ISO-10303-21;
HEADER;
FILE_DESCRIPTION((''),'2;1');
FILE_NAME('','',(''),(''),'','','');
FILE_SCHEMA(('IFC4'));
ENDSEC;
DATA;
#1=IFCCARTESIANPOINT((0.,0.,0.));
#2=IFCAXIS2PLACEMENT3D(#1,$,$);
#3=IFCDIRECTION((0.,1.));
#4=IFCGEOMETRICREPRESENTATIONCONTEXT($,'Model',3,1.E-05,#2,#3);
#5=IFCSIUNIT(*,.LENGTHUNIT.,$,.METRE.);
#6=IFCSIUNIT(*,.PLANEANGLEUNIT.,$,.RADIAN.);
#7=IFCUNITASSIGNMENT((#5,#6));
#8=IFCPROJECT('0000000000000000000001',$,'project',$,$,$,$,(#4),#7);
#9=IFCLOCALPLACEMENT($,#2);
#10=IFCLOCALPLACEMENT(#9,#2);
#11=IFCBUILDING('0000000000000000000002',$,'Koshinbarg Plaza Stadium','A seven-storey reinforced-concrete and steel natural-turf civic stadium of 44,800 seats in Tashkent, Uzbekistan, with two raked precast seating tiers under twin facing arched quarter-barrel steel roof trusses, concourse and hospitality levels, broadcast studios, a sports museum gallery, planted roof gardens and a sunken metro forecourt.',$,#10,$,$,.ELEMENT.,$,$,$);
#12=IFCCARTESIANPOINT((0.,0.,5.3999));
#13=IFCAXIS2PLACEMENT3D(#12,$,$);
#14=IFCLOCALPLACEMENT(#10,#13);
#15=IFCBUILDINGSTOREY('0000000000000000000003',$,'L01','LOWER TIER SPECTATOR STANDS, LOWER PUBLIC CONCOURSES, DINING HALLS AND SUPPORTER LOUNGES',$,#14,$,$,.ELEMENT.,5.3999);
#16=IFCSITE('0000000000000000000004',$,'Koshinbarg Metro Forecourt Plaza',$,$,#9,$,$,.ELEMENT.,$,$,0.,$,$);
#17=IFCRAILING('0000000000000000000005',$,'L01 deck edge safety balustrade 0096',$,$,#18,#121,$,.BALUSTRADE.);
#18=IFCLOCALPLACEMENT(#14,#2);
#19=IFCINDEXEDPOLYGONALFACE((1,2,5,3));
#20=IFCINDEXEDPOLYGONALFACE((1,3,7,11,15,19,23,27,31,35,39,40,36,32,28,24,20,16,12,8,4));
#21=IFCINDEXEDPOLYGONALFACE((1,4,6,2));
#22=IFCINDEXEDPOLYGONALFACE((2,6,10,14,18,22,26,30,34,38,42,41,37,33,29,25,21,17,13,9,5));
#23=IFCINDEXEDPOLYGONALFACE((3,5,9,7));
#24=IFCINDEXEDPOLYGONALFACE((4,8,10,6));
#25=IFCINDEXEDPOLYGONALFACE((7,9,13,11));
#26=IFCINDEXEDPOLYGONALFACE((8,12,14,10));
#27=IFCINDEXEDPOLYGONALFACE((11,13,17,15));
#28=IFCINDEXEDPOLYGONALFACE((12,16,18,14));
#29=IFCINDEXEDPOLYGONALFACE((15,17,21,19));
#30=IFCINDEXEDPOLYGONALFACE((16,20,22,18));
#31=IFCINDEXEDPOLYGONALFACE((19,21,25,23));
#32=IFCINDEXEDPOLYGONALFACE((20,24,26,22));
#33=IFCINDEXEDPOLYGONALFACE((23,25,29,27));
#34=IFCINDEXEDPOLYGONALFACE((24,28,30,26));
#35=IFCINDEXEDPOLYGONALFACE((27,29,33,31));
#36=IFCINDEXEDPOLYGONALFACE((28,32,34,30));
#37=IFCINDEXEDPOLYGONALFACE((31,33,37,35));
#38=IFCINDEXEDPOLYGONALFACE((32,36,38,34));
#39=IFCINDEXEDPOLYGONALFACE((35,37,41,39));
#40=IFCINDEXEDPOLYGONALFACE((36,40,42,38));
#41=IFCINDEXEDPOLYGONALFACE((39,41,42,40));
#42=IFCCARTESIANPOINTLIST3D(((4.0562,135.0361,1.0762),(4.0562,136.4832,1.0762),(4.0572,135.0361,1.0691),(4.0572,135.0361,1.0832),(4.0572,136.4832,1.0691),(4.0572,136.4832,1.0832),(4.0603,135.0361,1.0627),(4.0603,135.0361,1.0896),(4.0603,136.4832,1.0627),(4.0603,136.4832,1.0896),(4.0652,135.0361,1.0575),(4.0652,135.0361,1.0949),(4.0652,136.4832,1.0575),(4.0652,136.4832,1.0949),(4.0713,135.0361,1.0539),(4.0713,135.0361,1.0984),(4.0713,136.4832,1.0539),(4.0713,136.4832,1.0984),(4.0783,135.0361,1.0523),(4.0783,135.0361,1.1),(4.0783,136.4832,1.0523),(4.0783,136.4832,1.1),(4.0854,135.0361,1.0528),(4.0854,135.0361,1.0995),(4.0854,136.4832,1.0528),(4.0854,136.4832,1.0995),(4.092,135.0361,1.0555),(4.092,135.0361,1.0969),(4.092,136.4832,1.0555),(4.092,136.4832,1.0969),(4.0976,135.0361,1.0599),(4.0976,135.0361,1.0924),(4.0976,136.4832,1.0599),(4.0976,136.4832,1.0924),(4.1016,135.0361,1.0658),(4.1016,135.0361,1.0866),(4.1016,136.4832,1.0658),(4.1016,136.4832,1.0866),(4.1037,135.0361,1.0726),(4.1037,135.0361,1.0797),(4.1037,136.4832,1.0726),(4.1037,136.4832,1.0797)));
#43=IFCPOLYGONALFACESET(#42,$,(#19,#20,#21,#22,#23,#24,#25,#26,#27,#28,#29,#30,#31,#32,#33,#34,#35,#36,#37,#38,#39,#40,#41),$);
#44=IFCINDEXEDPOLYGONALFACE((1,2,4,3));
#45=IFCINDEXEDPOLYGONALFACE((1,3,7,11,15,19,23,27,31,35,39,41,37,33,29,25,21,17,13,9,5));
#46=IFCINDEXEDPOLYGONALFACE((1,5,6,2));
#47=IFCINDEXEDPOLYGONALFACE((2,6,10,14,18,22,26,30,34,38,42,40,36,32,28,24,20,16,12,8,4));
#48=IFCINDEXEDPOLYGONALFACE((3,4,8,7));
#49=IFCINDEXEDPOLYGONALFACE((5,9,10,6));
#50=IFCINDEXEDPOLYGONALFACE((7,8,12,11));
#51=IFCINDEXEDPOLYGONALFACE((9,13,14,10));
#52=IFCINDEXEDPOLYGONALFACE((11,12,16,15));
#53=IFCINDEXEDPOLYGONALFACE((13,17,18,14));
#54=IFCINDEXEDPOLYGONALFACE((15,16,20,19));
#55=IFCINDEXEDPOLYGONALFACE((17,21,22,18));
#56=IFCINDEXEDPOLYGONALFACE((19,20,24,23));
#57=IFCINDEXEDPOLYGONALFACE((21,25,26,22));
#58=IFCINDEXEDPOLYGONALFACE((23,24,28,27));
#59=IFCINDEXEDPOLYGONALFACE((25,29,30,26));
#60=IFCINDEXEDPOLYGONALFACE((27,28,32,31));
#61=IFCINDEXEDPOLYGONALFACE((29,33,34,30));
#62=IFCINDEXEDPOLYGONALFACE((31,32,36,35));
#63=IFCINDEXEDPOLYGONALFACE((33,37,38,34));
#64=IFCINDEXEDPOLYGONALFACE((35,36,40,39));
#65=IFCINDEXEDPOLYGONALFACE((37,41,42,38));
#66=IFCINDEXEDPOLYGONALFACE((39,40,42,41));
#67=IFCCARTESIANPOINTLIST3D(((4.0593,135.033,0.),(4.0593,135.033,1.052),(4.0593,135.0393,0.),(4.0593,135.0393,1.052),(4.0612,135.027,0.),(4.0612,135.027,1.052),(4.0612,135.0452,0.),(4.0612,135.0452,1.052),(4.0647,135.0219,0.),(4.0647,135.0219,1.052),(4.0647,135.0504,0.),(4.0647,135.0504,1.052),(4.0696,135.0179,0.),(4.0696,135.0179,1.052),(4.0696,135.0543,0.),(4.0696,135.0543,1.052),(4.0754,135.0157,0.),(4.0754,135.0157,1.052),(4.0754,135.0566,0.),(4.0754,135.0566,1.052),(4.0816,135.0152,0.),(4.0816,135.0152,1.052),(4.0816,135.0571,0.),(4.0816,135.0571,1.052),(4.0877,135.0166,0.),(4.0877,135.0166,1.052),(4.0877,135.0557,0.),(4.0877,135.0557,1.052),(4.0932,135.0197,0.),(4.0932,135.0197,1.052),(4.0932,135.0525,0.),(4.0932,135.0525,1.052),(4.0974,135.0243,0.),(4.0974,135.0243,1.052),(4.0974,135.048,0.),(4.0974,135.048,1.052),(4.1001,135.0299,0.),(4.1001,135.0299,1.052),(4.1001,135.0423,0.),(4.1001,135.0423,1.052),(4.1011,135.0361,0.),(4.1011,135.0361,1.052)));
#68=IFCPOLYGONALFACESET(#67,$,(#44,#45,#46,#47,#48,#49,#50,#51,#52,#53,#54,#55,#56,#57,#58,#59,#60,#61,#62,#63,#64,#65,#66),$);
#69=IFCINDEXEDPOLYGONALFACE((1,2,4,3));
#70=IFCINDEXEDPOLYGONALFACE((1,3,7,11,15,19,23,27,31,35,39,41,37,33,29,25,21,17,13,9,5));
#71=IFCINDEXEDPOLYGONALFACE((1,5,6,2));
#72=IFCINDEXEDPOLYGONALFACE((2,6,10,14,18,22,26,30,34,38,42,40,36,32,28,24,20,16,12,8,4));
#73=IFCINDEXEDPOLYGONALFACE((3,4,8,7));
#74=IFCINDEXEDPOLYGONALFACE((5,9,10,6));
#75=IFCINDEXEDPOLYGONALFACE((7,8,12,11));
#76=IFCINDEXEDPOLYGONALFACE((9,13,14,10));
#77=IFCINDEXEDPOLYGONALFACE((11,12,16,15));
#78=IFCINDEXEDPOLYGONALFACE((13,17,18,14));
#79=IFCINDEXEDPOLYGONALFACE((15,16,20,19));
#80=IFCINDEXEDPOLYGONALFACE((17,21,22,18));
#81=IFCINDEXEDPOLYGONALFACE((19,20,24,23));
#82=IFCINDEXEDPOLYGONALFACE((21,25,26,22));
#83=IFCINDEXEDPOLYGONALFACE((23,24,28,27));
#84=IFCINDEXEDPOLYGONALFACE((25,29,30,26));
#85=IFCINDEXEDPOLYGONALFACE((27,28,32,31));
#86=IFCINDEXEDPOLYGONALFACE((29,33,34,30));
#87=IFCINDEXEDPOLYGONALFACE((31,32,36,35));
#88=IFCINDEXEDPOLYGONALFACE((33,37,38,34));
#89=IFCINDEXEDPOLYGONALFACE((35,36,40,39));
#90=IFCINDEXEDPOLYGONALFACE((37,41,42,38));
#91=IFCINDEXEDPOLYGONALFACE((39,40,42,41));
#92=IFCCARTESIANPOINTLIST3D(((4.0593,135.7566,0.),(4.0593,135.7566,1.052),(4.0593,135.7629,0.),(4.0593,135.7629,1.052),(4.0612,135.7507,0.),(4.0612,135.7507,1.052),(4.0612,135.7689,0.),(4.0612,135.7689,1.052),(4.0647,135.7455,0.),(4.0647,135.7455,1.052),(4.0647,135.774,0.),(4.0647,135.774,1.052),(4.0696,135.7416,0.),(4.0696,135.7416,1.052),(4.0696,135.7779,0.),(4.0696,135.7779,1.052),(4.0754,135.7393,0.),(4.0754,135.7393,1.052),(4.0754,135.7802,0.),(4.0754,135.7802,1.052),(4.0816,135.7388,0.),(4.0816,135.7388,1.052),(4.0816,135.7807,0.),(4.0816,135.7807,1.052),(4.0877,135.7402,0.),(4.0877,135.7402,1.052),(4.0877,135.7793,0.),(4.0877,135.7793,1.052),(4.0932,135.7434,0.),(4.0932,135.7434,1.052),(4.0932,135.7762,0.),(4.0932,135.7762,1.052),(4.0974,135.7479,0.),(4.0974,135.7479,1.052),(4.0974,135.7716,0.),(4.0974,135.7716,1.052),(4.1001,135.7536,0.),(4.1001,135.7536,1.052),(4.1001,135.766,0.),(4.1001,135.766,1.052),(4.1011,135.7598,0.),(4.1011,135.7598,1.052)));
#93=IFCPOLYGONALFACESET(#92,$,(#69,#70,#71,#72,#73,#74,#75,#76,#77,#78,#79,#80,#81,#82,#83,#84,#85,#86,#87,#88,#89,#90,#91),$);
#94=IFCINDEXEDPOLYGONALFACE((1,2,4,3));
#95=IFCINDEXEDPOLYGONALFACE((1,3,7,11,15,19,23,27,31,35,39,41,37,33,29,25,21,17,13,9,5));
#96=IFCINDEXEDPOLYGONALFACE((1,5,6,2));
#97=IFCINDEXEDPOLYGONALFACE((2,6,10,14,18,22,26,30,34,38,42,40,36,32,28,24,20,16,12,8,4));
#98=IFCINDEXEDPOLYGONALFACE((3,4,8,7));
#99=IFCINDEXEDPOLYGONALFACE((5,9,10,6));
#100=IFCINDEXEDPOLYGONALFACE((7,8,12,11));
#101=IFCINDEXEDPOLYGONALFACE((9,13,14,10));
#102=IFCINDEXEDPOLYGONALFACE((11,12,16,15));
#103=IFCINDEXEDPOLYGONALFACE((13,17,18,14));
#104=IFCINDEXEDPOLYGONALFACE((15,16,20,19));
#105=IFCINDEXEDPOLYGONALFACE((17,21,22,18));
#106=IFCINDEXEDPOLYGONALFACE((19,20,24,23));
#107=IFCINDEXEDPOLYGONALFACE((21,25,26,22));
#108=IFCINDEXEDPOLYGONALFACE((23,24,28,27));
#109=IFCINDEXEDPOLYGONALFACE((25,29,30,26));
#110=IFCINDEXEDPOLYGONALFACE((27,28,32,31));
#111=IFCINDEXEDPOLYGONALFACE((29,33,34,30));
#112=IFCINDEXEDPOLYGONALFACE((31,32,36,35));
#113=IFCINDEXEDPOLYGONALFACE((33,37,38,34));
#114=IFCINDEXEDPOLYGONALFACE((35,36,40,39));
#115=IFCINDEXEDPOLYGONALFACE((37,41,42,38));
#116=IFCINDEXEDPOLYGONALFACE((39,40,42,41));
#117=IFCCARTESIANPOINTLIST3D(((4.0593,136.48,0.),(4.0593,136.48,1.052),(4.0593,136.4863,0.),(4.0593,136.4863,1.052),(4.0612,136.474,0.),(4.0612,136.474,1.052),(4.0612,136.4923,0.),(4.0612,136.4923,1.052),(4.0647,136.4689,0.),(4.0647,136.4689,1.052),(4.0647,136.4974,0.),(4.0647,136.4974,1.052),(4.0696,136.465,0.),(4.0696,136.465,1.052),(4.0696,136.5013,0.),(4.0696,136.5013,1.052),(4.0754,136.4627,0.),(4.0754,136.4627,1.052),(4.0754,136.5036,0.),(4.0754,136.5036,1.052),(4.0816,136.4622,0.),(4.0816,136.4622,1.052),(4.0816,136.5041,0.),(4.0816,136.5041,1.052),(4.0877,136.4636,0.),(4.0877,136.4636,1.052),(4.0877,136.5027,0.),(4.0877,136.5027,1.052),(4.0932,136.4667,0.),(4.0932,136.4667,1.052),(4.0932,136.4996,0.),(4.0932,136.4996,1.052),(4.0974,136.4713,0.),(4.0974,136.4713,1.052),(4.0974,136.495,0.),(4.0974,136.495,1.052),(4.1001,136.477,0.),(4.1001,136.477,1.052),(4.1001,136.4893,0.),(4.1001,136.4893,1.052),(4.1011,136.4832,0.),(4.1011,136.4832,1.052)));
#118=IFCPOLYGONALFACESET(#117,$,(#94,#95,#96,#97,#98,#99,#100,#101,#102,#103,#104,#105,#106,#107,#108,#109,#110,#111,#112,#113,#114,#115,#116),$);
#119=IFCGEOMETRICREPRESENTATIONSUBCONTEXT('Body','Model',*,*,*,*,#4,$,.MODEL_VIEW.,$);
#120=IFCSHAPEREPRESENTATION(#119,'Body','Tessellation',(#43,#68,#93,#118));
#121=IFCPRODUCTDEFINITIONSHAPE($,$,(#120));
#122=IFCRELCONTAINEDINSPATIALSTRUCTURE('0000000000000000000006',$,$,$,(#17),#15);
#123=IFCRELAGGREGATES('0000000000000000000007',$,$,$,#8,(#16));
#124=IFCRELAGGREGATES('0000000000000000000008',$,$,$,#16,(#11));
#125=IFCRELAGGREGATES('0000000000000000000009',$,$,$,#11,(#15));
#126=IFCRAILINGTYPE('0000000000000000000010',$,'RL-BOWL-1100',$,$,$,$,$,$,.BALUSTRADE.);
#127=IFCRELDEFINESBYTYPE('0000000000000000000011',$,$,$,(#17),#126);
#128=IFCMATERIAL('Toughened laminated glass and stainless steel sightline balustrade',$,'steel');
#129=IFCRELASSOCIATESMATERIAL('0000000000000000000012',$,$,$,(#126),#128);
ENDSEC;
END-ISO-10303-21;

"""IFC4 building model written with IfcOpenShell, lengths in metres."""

from ifc_helpers import new_model, si_unit, direction, frame, origin, origin_2d, place, context, subcontext, project, spatial, circle, extrude, material, type_object, element, save


model = new_model("IFC4")

# Units and contexts
model_context = context("Model", 3, precision=1e-05, world=origin(), true_north=direction((0.0, 1.0)))
body_context = subcontext(model_context, "Body", "Model", "MODEL_VIEW")
ifc_project = project(units=[si_unit("LENGTHUNIT", "METRE"), si_unit("PLANEANGLEUNIT", "RADIAN")], contexts=[model_context])

# Site, building, storey
site_placement = place(None, origin())
site = spatial("IfcSite", under=ifc_project, at=site_placement, Name="Koshinbarg Metro Forecourt Plaza", CompositionType="ELEMENT", RefElevation=0.0)
building_placement = place(site_placement, origin())
building = spatial("IfcBuilding", under=site, at=building_placement, Name="Koshinbarg Plaza Stadium", Description="A seven-storey reinforced-concrete and steel natural-turf civic stadium of 44,800 seats in Tashkent, Uzbekistan, with two raked precast seating tiers under twin facing arched quarter-barrel steel roof trusses, concourse and hospitality levels, broadcast studios, a sports museum gallery, planted roof gardens and a sunken metro forecourt.", CompositionType="ELEMENT")
storey_placement = place(building_placement, frame((0.0, 0.0, 5.3999)))
storey = spatial("IfcBuildingStorey", under=building, at=storey_placement, Name="L01", Description="LOWER TIER SPECTATOR STANDS, LOWER PUBLIC CONCOURSES, DINING HALLS AND SUPPORTER LOUNGES", CompositionType="ELEMENT", Elevation=5.3999)

# Railing
ifc_material_1 = material(Name="Toughened laminated glass and stainless steel sightline balustrade", Category="steel")
railing_type = type_object("IfcRailingType", Name="RL-BOWL-1100", PredefinedType="BALUSTRADE", material=ifc_material_1)
railing_1_placement = place(storey_placement, frame((4.0801, 135.0361, 0.0)))
element("IfcRailing", 1, at=railing_1_placement, inside=storey, type_object=railing_type, Name="L01 deck edge safety balustrade 0096", PredefinedType="BALUSTRADE", context=body_context, shape_type="SweptSolid", body=[
    extrude(circle(Radius=0.0239, at=origin_2d()), frame((0.0, 0.0, 1.0762), z_axis=(0.0, 1.0, 0.0), x_axis=(-1.0, 0.0, 0.0)), (0.0, 0.0, 1.0), 1.447),
    extrude(circle(Radius=0.021, at=origin_2d()), origin(), (0.0, 0.0, 1.0), 1.052),
    extrude(circle(Radius=0.021, at=origin_2d()), frame((0.0, 0.7236, 0.0)), (0.0, 0.0, 1.0), 1.052),
    extrude(circle(Radius=0.021, at=origin_2d()), frame((0.0, 1.447, 0.0)), (0.0, 0.0, 1.0), 1.052),
])

save(model, "model.ifc")
